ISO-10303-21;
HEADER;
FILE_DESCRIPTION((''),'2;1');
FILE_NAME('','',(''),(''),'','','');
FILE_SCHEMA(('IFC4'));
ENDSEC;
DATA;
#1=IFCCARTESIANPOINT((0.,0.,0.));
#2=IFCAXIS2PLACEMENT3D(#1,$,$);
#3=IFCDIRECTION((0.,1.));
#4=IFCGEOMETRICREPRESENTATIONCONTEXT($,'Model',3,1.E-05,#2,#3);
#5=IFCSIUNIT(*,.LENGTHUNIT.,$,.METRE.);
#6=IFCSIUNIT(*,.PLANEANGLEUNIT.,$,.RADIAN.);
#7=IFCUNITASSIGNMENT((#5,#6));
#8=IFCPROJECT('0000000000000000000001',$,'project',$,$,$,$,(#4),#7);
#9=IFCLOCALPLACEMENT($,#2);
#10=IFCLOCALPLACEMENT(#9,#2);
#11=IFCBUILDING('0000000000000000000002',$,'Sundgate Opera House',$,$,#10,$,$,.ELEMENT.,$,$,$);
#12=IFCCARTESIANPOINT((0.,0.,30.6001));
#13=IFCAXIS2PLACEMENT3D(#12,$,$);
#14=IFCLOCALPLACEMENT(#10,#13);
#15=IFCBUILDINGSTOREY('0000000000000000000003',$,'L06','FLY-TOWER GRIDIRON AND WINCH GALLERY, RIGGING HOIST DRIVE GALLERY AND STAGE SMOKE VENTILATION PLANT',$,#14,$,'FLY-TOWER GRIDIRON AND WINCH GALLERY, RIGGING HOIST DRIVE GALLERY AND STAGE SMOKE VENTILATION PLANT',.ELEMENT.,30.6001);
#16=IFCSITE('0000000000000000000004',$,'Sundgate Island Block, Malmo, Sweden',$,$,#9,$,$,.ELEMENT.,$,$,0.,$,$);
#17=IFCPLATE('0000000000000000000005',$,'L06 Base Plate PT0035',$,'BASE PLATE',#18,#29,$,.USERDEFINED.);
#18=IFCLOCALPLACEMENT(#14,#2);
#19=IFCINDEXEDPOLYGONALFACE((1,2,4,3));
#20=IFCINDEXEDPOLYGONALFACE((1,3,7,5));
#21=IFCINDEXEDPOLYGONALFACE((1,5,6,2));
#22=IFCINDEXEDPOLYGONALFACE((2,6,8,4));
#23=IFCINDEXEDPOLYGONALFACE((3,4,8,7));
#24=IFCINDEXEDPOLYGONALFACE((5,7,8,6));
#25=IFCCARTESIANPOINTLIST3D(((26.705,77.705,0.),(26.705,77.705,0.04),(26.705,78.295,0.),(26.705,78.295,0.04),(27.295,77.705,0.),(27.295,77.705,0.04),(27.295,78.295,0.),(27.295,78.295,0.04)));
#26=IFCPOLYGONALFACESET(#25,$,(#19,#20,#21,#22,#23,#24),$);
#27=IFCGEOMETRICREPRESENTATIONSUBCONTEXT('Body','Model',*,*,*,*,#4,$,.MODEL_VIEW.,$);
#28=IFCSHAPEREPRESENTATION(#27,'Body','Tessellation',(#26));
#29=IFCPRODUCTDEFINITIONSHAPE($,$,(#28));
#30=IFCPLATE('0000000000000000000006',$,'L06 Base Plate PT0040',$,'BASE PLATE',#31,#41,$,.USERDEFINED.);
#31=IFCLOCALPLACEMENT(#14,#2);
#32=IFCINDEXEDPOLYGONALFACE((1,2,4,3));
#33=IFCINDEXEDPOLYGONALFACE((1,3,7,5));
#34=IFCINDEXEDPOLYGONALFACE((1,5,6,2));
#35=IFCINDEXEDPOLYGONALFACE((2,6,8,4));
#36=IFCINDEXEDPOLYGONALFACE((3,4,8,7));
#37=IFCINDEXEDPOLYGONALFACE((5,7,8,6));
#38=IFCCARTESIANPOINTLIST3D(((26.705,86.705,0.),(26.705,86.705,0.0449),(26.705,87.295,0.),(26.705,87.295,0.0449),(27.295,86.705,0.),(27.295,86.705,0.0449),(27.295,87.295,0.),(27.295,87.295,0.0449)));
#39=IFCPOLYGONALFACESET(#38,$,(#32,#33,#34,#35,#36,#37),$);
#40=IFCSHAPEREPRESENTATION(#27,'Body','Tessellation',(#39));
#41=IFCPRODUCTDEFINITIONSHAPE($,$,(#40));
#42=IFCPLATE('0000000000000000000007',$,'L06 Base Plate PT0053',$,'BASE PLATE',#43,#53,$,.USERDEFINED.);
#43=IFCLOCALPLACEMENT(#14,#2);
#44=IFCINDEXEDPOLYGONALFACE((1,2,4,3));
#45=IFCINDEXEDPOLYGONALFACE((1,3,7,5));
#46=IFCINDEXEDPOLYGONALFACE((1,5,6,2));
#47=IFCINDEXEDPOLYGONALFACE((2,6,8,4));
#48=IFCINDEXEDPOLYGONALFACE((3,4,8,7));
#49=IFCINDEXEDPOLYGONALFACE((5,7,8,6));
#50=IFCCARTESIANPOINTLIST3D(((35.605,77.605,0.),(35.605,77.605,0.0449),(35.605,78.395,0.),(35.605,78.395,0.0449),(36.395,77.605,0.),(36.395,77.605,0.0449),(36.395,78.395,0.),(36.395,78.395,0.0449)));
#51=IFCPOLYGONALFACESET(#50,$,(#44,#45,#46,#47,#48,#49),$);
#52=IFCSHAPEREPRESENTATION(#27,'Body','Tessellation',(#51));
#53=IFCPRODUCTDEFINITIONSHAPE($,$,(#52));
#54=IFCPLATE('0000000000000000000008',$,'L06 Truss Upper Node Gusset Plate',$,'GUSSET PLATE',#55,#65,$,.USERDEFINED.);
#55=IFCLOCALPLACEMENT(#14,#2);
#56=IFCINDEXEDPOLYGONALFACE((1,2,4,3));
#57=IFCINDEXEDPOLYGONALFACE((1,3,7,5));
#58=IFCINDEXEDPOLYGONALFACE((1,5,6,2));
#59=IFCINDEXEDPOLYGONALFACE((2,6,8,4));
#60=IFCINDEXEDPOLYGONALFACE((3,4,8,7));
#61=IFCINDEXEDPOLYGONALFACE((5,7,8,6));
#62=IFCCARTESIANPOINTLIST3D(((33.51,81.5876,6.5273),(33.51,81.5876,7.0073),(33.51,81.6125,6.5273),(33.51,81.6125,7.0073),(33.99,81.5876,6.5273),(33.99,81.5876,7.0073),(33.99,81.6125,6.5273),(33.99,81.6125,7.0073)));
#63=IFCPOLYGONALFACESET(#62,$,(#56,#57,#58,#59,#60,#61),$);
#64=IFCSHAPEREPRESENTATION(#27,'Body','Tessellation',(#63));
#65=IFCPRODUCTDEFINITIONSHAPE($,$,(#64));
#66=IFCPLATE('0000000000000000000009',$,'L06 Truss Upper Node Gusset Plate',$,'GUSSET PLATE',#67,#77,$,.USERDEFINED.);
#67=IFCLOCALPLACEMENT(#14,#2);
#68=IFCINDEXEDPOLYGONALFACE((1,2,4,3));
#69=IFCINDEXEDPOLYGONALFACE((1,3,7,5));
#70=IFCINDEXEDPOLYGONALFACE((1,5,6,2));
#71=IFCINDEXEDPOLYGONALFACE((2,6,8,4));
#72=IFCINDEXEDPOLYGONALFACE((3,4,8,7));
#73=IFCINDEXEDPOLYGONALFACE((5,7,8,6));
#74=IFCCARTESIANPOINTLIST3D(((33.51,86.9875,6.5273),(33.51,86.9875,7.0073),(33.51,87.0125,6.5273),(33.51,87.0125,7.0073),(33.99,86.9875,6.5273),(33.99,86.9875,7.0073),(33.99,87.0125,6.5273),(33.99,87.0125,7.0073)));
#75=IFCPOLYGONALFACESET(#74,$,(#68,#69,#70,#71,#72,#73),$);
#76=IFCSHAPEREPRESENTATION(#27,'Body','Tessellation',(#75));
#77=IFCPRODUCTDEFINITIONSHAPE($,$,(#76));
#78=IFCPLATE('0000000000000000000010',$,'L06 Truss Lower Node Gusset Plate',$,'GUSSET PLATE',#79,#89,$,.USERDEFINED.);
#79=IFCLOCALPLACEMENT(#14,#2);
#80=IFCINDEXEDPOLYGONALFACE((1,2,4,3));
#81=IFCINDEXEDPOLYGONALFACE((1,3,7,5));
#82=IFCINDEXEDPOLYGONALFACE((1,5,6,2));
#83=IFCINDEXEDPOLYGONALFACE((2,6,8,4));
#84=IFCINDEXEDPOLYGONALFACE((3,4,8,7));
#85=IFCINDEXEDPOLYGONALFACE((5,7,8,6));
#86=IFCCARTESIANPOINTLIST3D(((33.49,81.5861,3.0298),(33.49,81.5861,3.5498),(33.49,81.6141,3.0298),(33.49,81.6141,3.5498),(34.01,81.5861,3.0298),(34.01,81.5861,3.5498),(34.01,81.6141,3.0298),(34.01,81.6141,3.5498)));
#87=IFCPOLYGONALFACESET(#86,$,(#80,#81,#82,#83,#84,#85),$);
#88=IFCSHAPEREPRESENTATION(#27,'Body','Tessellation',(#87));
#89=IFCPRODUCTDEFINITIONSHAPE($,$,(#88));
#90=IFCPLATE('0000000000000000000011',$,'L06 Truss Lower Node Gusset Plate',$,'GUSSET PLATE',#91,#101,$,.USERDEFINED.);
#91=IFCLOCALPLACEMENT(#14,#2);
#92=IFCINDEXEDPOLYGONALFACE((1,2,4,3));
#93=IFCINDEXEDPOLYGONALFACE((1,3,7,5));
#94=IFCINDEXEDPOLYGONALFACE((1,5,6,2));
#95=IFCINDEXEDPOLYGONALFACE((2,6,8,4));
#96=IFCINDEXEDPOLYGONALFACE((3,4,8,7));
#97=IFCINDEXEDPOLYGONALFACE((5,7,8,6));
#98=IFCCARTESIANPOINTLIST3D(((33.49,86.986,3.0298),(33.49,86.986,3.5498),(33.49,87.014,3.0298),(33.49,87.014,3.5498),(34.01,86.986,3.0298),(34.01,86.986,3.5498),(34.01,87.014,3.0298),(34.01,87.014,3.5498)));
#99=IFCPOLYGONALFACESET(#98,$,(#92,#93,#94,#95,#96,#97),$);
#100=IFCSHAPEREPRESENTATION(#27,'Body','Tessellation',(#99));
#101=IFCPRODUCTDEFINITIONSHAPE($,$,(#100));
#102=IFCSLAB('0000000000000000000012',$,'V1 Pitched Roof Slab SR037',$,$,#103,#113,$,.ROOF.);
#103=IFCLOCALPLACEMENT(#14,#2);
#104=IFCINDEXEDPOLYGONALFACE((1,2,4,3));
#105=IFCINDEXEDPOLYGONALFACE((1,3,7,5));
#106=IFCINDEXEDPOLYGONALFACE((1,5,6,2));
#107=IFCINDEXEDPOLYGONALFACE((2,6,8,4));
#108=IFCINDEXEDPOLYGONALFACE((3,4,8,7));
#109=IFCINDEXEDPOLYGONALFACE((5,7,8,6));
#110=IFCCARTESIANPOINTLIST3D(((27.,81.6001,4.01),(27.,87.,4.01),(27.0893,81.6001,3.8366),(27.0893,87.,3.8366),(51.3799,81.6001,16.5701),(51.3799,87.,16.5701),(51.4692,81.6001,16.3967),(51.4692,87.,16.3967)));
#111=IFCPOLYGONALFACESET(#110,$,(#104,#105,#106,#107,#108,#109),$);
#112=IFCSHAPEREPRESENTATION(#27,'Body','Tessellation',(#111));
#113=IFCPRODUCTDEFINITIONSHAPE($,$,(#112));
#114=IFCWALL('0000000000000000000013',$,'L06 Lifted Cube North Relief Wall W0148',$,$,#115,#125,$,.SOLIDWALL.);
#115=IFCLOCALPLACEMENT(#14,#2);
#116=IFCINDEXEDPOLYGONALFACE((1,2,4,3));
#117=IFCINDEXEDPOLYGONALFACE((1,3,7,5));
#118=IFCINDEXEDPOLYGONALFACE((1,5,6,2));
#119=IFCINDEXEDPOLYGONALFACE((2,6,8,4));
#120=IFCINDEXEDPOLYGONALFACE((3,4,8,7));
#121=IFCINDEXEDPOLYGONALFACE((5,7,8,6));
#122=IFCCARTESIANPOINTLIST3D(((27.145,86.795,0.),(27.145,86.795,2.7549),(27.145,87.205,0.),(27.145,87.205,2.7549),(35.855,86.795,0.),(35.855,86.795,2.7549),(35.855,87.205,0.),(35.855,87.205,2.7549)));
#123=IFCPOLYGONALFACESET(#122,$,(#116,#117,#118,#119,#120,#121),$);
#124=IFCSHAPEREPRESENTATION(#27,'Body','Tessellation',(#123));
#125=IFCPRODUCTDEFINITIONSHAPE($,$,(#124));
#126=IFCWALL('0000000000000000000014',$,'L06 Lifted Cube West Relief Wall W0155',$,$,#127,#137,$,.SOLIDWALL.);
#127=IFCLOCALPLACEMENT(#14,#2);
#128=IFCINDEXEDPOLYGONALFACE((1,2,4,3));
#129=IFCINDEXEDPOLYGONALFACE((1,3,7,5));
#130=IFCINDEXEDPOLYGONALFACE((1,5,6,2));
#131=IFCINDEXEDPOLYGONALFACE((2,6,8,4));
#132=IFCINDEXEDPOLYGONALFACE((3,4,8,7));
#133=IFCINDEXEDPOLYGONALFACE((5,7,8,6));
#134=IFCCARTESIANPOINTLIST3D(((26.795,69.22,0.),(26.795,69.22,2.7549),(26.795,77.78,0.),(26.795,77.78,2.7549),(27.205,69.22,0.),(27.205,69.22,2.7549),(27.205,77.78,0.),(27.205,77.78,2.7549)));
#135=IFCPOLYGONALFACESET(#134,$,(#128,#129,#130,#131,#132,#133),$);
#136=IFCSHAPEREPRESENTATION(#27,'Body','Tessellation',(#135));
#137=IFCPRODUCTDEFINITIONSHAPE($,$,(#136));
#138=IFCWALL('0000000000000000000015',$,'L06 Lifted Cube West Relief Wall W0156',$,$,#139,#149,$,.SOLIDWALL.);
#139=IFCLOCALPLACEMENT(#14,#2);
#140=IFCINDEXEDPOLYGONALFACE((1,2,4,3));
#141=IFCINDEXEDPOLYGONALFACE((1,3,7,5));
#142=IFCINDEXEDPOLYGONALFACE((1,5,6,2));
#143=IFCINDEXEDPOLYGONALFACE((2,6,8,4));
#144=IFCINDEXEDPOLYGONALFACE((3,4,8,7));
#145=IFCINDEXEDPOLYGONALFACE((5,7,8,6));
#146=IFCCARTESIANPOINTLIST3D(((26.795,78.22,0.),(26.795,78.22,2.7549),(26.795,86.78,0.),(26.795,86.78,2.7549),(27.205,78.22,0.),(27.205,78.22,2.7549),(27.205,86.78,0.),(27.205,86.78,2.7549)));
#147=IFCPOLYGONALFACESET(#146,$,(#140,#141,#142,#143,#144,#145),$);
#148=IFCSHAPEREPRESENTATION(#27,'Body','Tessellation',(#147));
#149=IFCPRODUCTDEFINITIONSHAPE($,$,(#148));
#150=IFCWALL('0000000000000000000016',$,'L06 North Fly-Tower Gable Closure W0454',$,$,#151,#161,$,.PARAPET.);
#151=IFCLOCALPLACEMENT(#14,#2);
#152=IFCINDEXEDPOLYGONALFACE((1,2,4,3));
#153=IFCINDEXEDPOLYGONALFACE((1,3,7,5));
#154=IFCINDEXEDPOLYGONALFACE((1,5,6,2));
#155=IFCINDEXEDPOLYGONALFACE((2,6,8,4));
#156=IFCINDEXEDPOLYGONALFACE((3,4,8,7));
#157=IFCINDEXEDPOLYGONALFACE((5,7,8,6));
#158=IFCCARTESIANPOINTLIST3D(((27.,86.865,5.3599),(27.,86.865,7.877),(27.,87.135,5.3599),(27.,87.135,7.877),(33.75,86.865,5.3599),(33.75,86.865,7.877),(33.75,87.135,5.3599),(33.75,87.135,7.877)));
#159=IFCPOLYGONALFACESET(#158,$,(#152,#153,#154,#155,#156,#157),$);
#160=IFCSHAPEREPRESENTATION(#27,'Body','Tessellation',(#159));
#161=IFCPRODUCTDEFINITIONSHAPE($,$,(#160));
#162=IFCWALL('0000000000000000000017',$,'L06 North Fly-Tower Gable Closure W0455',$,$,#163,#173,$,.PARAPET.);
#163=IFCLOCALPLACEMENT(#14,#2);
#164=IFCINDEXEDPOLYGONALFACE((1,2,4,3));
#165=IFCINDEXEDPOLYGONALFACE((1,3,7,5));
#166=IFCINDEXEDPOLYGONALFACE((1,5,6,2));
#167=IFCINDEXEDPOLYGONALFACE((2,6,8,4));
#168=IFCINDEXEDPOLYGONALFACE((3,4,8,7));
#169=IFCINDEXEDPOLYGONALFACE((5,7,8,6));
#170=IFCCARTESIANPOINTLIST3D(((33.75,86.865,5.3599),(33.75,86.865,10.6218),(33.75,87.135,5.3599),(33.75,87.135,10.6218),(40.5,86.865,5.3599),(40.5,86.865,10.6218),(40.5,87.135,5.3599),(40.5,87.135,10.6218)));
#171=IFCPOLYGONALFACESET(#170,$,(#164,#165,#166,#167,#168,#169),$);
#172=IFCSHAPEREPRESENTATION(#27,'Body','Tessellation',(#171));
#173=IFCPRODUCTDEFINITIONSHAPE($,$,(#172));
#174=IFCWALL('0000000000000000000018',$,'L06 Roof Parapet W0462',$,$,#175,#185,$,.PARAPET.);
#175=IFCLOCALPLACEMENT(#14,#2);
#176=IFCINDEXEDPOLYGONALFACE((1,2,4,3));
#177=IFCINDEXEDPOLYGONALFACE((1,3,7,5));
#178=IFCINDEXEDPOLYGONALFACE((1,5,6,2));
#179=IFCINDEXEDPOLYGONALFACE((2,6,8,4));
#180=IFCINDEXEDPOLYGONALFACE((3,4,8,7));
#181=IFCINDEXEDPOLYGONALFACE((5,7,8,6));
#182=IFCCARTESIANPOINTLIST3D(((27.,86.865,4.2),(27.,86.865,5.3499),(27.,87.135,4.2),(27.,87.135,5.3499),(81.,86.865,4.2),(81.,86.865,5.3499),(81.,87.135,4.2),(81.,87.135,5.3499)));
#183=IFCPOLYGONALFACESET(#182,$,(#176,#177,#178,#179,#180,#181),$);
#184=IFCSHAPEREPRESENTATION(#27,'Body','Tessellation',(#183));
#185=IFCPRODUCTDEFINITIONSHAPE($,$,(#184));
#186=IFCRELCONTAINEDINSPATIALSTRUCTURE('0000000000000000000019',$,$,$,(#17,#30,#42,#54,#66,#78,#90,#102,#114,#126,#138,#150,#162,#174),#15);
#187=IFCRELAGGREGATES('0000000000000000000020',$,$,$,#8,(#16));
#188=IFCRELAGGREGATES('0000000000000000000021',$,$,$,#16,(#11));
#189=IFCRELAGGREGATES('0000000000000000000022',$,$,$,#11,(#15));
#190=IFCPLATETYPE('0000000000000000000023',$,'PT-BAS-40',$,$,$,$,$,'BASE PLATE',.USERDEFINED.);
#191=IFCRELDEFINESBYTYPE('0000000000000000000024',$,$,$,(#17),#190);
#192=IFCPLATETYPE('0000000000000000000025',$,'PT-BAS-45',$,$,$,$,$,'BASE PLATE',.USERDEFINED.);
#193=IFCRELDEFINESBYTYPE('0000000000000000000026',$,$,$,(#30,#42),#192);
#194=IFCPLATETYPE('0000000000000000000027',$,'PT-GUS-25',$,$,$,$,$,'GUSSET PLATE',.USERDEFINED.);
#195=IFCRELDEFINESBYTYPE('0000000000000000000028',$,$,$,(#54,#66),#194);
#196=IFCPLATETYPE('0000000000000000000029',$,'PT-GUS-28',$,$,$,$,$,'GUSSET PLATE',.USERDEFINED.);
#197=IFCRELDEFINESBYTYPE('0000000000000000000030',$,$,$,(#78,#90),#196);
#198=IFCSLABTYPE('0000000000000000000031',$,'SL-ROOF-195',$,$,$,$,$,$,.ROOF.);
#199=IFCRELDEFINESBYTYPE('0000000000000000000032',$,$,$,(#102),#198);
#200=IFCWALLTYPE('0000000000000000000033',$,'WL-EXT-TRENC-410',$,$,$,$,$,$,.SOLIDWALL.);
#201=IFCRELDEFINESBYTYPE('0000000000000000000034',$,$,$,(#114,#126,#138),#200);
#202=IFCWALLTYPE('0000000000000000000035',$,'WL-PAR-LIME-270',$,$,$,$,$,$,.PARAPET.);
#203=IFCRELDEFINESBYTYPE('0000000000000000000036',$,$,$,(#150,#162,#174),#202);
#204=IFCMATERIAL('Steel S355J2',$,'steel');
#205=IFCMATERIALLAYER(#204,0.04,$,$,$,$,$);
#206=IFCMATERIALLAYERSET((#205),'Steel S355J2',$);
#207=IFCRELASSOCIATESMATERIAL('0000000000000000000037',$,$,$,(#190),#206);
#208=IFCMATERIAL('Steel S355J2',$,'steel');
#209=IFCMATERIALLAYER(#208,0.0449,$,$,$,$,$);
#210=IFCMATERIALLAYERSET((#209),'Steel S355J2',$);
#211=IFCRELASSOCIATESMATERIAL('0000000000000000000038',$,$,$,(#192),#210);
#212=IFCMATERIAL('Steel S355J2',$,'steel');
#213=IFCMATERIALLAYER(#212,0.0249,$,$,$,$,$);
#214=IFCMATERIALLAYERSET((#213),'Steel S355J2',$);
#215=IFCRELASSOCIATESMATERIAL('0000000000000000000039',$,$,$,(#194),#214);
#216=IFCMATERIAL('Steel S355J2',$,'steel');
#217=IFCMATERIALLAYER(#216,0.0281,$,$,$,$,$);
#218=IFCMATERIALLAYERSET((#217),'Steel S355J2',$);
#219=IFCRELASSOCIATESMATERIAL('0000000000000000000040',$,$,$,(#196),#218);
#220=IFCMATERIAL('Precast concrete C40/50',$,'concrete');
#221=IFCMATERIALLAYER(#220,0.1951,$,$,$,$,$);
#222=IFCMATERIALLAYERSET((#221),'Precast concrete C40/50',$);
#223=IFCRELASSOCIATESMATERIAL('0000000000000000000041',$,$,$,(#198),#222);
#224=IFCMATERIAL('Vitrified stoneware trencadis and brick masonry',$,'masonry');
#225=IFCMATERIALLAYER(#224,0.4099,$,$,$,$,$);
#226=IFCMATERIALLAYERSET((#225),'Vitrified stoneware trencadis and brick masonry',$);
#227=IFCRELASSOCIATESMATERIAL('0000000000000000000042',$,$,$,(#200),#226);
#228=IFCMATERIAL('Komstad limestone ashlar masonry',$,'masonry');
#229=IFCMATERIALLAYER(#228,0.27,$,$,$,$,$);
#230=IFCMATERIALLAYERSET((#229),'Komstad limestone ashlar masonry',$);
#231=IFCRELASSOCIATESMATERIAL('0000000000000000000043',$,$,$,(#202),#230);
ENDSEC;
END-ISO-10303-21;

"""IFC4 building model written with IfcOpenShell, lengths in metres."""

from ifc_helpers import new_model, si_unit, direction, frame, frame_2d, origin, origin_2d, place, context, subcontext, project, spatial, polyline, rectangle, outline, extrude, material, layer, layer_set, type_object, element, save


model = new_model("IFC4")

# Units and contexts
model_context = context("Model", 3, precision=1e-05, world=origin(), true_north=direction((0.0, 1.0)))
body_context = subcontext(model_context, "Body", "Model", "MODEL_VIEW")
ifc_project = project(units=[si_unit("LENGTHUNIT", "METRE"), si_unit("PLANEANGLEUNIT", "RADIAN")], contexts=[model_context])

# Site, building, storey
site_placement = place(None, origin())
site = spatial("IfcSite", under=ifc_project, at=site_placement, Name="Sundgate Island Block, Malmo, Sweden", CompositionType="ELEMENT", RefElevation=0.0)
building_placement = place(site_placement, origin())
building = spatial("IfcBuilding", under=site, at=building_placement, Name="Sundgate Opera House", CompositionType="ELEMENT")
storey_placement = place(building_placement, frame((0.0, 0.0, 30.6001)))
storey = spatial("IfcBuildingStorey", under=building, at=storey_placement, Name="L06", Description="FLY-TOWER GRIDIRON AND WINCH GALLERY, RIGGING HOIST DRIVE GALLERY AND STAGE SMOKE VENTILATION PLANT", LongName="FLY-TOWER GRIDIRON AND WINCH GALLERY, RIGGING HOIST DRIVE GALLERY AND STAGE SMOKE VENTILATION PLANT", CompositionType="ELEMENT", Elevation=30.6001)

# Plates
ifc_material_1 = material(Name="Steel S355J2", Category="steel")
ifc_layer_1 = layer(ifc_material_1, 0.04)
ifc_layer_set_1 = layer_set([ifc_layer_1], Name="Steel S355J2")
plate_type_1 = type_object("IfcPlateType", Name="PT-BAS-40", ElementType="BASE PLATE", PredefinedType="USERDEFINED", material=ifc_layer_set_1)
plate_1_placement = place(storey_placement, frame((27.0, 78.0, 0.0), z_axis=(0.0, 0.0, 1.0), x_axis=(1.0, 0.0, 0.0)))
element("IfcPlate", 1, at=plate_1_placement, inside=storey, type_object=plate_type_1, Name="L06 Base Plate PT0035", ObjectType="BASE PLATE", PredefinedType="USERDEFINED", context=body_context, shape_type="SweptSolid", body=[
    extrude(rectangle(XDim=0.5901, YDim=0.5901, at=origin_2d()), origin(), (0.0, 0.0, 1.0), 0.04),
])
ifc_material_2 = material(Name="Steel S355J2", Category="steel")
ifc_layer_2 = layer(ifc_material_2, 0.0449)
ifc_layer_set_2 = layer_set([ifc_layer_2], Name="Steel S355J2")
plate_type_2 = type_object("IfcPlateType", Name="PT-BAS-45", ElementType="BASE PLATE", PredefinedType="USERDEFINED", material=ifc_layer_set_2)
plate_2_placement = place(storey_placement, frame((27.0, 87.0, 0.0), z_axis=(0.0, 0.0, 1.0), x_axis=(1.0, 0.0, 0.0)))
element("IfcPlate", 2, at=plate_2_placement, inside=storey, type_object=plate_type_2, Name="L06 Base Plate PT0040", ObjectType="BASE PLATE", PredefinedType="USERDEFINED", context=body_context, shape_type="SweptSolid", body=[
    extrude(rectangle(XDim=0.5901, YDim=0.5901, at=origin_2d()), origin(), (0.0, 0.0, 1.0), 0.0449),
])
plate_3_placement = place(storey_placement, frame((36.0, 78.0, 0.0), z_axis=(0.0, 0.0, 1.0), x_axis=(1.0, 0.0, 0.0)))
element("IfcPlate", 3, at=plate_3_placement, inside=storey, type_object=plate_type_2, Name="L06 Base Plate PT0053", ObjectType="BASE PLATE", PredefinedType="USERDEFINED", context=body_context, shape_type="SweptSolid", body=[
    extrude(rectangle(XDim=0.79, YDim=0.79, at=origin_2d()), origin(), (0.0, 0.0, 1.0), 0.0449),
])
ifc_material_3 = material(Name="Steel S355J2", Category="steel")
ifc_layer_3 = layer(ifc_material_3, 0.0249)
ifc_layer_set_3 = layer_set([ifc_layer_3], Name="Steel S355J2")
plate_type_3 = type_object("IfcPlateType", Name="PT-GUS-25", ElementType="GUSSET PLATE", PredefinedType="USERDEFINED", material=ifc_layer_set_3)
for number, where, z_axis, x_axis, name in (
    (4, (33.75, 81.6001, 6.5273), (0.0, 0.0, 1.0), (1.0, 0.0, 0.0), "L06 Truss Upper Node Gusset Plate"),
    (5, (33.75, 87.0, 6.5273), (0.0, 0.0, 1.0), (1.0, 0.0, 0.0), "L06 Truss Upper Node Gusset Plate"),
):
    element("IfcPlate", number, at=place(storey_placement, frame(where, z_axis=z_axis, x_axis=x_axis)), inside=storey, type_object=plate_type_3, Name=name, ObjectType="GUSSET PLATE", PredefinedType="USERDEFINED", context=body_context, shape_type="SweptSolid", body=[
        extrude(rectangle(XDim=0.48, YDim=0.0249, at=origin_2d()), origin(), (0.0, 0.0, 1.0), 0.48),
    ])
ifc_material_4 = material(Name="Steel S355J2", Category="steel")
ifc_layer_4 = layer(ifc_material_4, 0.0281)
ifc_layer_set_4 = layer_set([ifc_layer_4], Name="Steel S355J2")
plate_type_4 = type_object("IfcPlateType", Name="PT-GUS-28", ElementType="GUSSET PLATE", PredefinedType="USERDEFINED", material=ifc_layer_set_4)
for number, where, z_axis, x_axis, name in (
    (6, (33.75, 81.6001, 3.0298), (0.0, 0.0, 1.0), (1.0, 0.0, 0.0), "L06 Truss Lower Node Gusset Plate"),
    (7, (33.75, 87.0, 3.0298), (0.0, 0.0, 1.0), (1.0, 0.0, 0.0), "L06 Truss Lower Node Gusset Plate"),
):
    element("IfcPlate", number, at=place(storey_placement, frame(where, z_axis=z_axis, x_axis=x_axis)), inside=storey, type_object=plate_type_4, Name=name, ObjectType="GUSSET PLATE", PredefinedType="USERDEFINED", context=body_context, shape_type="SweptSolid", body=[
        extrude(rectangle(XDim=0.52, YDim=0.0281, at=origin_2d()), origin(), (0.0, 0.0, 1.0), 0.52),
    ])

# Slab
ifc_material_5 = material(Name="Precast concrete C40/50", Category="concrete")
ifc_layer_5 = layer(ifc_material_5, 0.1951)
ifc_layer_set_5 = layer_set([ifc_layer_5], Name="Precast concrete C40/50")
slab_type = type_object("IfcSlabType", Name="SL-ROOF-195", PredefinedType="ROOF", material=ifc_layer_set_5)
slab_placement = place(storey_placement, frame((27.0, 81.6001, 4.01), z_axis=(-0.457977, 0.0, 0.888964), x_axis=(0.888964, 0.0, 0.457977)))
element("IfcSlab", 8, at=slab_placement, inside=storey, type_object=slab_type, Name="V1 Pitched Roof Slab SR037", PredefinedType="ROOF", context=body_context, shape_type="SweptSolid", body=[
    extrude(outline(polyline([(0.0, 0.0), (27.4251, 0.0), (27.4251, 5.3999), (0.0, 5.3999), (0.0, 0.0)])), origin(), (0.0, 0.0, -1.0), 0.1951),
])

# Walls
ifc_material_6 = material(Name="Vitrified stoneware trencadis and brick masonry", Category="masonry")
ifc_layer_6 = layer(ifc_material_6, 0.4099)
ifc_layer_set_6 = layer_set([ifc_layer_6], Name="Vitrified stoneware trencadis and brick masonry")
wall_type_1 = type_object("IfcWallType", Name="WL-EXT-TRENC-410", PredefinedType="SOLIDWALL", material=ifc_layer_set_6)
wall_1_placement = place(storey_placement, frame((27.145, 87.0, 0.0), z_axis=(0.0, 0.0, 1.0), x_axis=(1.0, 0.0, 0.0)))
element("IfcWall", 9, at=wall_1_placement, inside=storey, type_object=wall_type_1, Name="L06 Lifted Cube North Relief Wall W0148", PredefinedType="SOLIDWALL", context=body_context, shape_type="SweptSolid", body=[
    extrude(rectangle(XDim=8.71, YDim=0.4099, at=frame_2d((4.355, 0.0))), origin(), (0.0, 0.0, 1.0), 2.7549),
])
for number, where, z_axis, x_axis, name in (
    (10, (27.0, 77.78, 0.0), (0.0, 0.0, 1.0), (0.0, -1.0, 0.0), "L06 Lifted Cube West Relief Wall W0155"),
    (11, (27.0, 86.78, 0.0), (0.0, 0.0, 1.0), (0.0, -1.0, 0.0), "L06 Lifted Cube West Relief Wall W0156"),
):
    element("IfcWall", number, at=place(storey_placement, frame(where, z_axis=z_axis, x_axis=x_axis)), inside=storey, type_object=wall_type_1, Name=name, PredefinedType="SOLIDWALL", context=body_context, shape_type="SweptSolid", body=[
        extrude(rectangle(XDim=8.5601, YDim=0.4099, at=frame_2d((4.28, 0.0))), origin(), (0.0, 0.0, 1.0), 2.7549),
    ])
ifc_material_7 = material(Name="Komstad limestone ashlar masonry", Category="masonry")
ifc_layer_7 = layer(ifc_material_7, 0.27)
ifc_layer_set_7 = layer_set([ifc_layer_7], Name="Komstad limestone ashlar masonry")
wall_type_2 = type_object("IfcWallType", Name="WL-PAR-LIME-270", PredefinedType="PARAPET", material=ifc_layer_set_7)
wall_2_placement = place(storey_placement, frame((27.0, 87.0, 5.3599), z_axis=(0.0, 0.0, 1.0), x_axis=(1.0, 0.0, 0.0)))
element("IfcWall", 12, at=wall_2_placement, inside=storey, type_object=wall_type_2, Name="L06 North Fly-Tower Gable Closure W0454", PredefinedType="PARAPET", context=body_context, shape_type="SweptSolid", body=[
    extrude(rectangle(XDim=6.75, YDim=0.27, at=frame_2d((3.375, 0.0))), origin(), (0.0, 0.0, 1.0), 2.5171),
])
wall_3_placement = place(storey_placement, frame((33.75, 87.0, 5.3599), z_axis=(0.0, 0.0, 1.0), x_axis=(1.0, 0.0, 0.0)))
element("IfcWall", 13, at=wall_3_placement, inside=storey, type_object=wall_type_2, Name="L06 North Fly-Tower Gable Closure W0455", PredefinedType="PARAPET", context=body_context, shape_type="SweptSolid", body=[
    extrude(rectangle(XDim=6.75, YDim=0.27, at=frame_2d((3.375, 0.0))), origin(), (0.0, 0.0, 1.0), 5.262),
])
wall_4_placement = place(storey_placement, frame((27.0, 87.0, 4.2), z_axis=(0.0, 0.0, 1.0), x_axis=(1.0, 0.0, 0.0)))
element("IfcWall", 14, at=wall_4_placement, inside=storey, type_object=wall_type_2, Name="L06 Roof Parapet W0462", PredefinedType="PARAPET", context=body_context, shape_type="SweptSolid", body=[
    extrude(rectangle(XDim=54.0, YDim=0.27, at=frame_2d((27.0, 0.0))), origin(), (0.0, 0.0, 1.0), 1.1499),
])

save(model, "model.ifc")
